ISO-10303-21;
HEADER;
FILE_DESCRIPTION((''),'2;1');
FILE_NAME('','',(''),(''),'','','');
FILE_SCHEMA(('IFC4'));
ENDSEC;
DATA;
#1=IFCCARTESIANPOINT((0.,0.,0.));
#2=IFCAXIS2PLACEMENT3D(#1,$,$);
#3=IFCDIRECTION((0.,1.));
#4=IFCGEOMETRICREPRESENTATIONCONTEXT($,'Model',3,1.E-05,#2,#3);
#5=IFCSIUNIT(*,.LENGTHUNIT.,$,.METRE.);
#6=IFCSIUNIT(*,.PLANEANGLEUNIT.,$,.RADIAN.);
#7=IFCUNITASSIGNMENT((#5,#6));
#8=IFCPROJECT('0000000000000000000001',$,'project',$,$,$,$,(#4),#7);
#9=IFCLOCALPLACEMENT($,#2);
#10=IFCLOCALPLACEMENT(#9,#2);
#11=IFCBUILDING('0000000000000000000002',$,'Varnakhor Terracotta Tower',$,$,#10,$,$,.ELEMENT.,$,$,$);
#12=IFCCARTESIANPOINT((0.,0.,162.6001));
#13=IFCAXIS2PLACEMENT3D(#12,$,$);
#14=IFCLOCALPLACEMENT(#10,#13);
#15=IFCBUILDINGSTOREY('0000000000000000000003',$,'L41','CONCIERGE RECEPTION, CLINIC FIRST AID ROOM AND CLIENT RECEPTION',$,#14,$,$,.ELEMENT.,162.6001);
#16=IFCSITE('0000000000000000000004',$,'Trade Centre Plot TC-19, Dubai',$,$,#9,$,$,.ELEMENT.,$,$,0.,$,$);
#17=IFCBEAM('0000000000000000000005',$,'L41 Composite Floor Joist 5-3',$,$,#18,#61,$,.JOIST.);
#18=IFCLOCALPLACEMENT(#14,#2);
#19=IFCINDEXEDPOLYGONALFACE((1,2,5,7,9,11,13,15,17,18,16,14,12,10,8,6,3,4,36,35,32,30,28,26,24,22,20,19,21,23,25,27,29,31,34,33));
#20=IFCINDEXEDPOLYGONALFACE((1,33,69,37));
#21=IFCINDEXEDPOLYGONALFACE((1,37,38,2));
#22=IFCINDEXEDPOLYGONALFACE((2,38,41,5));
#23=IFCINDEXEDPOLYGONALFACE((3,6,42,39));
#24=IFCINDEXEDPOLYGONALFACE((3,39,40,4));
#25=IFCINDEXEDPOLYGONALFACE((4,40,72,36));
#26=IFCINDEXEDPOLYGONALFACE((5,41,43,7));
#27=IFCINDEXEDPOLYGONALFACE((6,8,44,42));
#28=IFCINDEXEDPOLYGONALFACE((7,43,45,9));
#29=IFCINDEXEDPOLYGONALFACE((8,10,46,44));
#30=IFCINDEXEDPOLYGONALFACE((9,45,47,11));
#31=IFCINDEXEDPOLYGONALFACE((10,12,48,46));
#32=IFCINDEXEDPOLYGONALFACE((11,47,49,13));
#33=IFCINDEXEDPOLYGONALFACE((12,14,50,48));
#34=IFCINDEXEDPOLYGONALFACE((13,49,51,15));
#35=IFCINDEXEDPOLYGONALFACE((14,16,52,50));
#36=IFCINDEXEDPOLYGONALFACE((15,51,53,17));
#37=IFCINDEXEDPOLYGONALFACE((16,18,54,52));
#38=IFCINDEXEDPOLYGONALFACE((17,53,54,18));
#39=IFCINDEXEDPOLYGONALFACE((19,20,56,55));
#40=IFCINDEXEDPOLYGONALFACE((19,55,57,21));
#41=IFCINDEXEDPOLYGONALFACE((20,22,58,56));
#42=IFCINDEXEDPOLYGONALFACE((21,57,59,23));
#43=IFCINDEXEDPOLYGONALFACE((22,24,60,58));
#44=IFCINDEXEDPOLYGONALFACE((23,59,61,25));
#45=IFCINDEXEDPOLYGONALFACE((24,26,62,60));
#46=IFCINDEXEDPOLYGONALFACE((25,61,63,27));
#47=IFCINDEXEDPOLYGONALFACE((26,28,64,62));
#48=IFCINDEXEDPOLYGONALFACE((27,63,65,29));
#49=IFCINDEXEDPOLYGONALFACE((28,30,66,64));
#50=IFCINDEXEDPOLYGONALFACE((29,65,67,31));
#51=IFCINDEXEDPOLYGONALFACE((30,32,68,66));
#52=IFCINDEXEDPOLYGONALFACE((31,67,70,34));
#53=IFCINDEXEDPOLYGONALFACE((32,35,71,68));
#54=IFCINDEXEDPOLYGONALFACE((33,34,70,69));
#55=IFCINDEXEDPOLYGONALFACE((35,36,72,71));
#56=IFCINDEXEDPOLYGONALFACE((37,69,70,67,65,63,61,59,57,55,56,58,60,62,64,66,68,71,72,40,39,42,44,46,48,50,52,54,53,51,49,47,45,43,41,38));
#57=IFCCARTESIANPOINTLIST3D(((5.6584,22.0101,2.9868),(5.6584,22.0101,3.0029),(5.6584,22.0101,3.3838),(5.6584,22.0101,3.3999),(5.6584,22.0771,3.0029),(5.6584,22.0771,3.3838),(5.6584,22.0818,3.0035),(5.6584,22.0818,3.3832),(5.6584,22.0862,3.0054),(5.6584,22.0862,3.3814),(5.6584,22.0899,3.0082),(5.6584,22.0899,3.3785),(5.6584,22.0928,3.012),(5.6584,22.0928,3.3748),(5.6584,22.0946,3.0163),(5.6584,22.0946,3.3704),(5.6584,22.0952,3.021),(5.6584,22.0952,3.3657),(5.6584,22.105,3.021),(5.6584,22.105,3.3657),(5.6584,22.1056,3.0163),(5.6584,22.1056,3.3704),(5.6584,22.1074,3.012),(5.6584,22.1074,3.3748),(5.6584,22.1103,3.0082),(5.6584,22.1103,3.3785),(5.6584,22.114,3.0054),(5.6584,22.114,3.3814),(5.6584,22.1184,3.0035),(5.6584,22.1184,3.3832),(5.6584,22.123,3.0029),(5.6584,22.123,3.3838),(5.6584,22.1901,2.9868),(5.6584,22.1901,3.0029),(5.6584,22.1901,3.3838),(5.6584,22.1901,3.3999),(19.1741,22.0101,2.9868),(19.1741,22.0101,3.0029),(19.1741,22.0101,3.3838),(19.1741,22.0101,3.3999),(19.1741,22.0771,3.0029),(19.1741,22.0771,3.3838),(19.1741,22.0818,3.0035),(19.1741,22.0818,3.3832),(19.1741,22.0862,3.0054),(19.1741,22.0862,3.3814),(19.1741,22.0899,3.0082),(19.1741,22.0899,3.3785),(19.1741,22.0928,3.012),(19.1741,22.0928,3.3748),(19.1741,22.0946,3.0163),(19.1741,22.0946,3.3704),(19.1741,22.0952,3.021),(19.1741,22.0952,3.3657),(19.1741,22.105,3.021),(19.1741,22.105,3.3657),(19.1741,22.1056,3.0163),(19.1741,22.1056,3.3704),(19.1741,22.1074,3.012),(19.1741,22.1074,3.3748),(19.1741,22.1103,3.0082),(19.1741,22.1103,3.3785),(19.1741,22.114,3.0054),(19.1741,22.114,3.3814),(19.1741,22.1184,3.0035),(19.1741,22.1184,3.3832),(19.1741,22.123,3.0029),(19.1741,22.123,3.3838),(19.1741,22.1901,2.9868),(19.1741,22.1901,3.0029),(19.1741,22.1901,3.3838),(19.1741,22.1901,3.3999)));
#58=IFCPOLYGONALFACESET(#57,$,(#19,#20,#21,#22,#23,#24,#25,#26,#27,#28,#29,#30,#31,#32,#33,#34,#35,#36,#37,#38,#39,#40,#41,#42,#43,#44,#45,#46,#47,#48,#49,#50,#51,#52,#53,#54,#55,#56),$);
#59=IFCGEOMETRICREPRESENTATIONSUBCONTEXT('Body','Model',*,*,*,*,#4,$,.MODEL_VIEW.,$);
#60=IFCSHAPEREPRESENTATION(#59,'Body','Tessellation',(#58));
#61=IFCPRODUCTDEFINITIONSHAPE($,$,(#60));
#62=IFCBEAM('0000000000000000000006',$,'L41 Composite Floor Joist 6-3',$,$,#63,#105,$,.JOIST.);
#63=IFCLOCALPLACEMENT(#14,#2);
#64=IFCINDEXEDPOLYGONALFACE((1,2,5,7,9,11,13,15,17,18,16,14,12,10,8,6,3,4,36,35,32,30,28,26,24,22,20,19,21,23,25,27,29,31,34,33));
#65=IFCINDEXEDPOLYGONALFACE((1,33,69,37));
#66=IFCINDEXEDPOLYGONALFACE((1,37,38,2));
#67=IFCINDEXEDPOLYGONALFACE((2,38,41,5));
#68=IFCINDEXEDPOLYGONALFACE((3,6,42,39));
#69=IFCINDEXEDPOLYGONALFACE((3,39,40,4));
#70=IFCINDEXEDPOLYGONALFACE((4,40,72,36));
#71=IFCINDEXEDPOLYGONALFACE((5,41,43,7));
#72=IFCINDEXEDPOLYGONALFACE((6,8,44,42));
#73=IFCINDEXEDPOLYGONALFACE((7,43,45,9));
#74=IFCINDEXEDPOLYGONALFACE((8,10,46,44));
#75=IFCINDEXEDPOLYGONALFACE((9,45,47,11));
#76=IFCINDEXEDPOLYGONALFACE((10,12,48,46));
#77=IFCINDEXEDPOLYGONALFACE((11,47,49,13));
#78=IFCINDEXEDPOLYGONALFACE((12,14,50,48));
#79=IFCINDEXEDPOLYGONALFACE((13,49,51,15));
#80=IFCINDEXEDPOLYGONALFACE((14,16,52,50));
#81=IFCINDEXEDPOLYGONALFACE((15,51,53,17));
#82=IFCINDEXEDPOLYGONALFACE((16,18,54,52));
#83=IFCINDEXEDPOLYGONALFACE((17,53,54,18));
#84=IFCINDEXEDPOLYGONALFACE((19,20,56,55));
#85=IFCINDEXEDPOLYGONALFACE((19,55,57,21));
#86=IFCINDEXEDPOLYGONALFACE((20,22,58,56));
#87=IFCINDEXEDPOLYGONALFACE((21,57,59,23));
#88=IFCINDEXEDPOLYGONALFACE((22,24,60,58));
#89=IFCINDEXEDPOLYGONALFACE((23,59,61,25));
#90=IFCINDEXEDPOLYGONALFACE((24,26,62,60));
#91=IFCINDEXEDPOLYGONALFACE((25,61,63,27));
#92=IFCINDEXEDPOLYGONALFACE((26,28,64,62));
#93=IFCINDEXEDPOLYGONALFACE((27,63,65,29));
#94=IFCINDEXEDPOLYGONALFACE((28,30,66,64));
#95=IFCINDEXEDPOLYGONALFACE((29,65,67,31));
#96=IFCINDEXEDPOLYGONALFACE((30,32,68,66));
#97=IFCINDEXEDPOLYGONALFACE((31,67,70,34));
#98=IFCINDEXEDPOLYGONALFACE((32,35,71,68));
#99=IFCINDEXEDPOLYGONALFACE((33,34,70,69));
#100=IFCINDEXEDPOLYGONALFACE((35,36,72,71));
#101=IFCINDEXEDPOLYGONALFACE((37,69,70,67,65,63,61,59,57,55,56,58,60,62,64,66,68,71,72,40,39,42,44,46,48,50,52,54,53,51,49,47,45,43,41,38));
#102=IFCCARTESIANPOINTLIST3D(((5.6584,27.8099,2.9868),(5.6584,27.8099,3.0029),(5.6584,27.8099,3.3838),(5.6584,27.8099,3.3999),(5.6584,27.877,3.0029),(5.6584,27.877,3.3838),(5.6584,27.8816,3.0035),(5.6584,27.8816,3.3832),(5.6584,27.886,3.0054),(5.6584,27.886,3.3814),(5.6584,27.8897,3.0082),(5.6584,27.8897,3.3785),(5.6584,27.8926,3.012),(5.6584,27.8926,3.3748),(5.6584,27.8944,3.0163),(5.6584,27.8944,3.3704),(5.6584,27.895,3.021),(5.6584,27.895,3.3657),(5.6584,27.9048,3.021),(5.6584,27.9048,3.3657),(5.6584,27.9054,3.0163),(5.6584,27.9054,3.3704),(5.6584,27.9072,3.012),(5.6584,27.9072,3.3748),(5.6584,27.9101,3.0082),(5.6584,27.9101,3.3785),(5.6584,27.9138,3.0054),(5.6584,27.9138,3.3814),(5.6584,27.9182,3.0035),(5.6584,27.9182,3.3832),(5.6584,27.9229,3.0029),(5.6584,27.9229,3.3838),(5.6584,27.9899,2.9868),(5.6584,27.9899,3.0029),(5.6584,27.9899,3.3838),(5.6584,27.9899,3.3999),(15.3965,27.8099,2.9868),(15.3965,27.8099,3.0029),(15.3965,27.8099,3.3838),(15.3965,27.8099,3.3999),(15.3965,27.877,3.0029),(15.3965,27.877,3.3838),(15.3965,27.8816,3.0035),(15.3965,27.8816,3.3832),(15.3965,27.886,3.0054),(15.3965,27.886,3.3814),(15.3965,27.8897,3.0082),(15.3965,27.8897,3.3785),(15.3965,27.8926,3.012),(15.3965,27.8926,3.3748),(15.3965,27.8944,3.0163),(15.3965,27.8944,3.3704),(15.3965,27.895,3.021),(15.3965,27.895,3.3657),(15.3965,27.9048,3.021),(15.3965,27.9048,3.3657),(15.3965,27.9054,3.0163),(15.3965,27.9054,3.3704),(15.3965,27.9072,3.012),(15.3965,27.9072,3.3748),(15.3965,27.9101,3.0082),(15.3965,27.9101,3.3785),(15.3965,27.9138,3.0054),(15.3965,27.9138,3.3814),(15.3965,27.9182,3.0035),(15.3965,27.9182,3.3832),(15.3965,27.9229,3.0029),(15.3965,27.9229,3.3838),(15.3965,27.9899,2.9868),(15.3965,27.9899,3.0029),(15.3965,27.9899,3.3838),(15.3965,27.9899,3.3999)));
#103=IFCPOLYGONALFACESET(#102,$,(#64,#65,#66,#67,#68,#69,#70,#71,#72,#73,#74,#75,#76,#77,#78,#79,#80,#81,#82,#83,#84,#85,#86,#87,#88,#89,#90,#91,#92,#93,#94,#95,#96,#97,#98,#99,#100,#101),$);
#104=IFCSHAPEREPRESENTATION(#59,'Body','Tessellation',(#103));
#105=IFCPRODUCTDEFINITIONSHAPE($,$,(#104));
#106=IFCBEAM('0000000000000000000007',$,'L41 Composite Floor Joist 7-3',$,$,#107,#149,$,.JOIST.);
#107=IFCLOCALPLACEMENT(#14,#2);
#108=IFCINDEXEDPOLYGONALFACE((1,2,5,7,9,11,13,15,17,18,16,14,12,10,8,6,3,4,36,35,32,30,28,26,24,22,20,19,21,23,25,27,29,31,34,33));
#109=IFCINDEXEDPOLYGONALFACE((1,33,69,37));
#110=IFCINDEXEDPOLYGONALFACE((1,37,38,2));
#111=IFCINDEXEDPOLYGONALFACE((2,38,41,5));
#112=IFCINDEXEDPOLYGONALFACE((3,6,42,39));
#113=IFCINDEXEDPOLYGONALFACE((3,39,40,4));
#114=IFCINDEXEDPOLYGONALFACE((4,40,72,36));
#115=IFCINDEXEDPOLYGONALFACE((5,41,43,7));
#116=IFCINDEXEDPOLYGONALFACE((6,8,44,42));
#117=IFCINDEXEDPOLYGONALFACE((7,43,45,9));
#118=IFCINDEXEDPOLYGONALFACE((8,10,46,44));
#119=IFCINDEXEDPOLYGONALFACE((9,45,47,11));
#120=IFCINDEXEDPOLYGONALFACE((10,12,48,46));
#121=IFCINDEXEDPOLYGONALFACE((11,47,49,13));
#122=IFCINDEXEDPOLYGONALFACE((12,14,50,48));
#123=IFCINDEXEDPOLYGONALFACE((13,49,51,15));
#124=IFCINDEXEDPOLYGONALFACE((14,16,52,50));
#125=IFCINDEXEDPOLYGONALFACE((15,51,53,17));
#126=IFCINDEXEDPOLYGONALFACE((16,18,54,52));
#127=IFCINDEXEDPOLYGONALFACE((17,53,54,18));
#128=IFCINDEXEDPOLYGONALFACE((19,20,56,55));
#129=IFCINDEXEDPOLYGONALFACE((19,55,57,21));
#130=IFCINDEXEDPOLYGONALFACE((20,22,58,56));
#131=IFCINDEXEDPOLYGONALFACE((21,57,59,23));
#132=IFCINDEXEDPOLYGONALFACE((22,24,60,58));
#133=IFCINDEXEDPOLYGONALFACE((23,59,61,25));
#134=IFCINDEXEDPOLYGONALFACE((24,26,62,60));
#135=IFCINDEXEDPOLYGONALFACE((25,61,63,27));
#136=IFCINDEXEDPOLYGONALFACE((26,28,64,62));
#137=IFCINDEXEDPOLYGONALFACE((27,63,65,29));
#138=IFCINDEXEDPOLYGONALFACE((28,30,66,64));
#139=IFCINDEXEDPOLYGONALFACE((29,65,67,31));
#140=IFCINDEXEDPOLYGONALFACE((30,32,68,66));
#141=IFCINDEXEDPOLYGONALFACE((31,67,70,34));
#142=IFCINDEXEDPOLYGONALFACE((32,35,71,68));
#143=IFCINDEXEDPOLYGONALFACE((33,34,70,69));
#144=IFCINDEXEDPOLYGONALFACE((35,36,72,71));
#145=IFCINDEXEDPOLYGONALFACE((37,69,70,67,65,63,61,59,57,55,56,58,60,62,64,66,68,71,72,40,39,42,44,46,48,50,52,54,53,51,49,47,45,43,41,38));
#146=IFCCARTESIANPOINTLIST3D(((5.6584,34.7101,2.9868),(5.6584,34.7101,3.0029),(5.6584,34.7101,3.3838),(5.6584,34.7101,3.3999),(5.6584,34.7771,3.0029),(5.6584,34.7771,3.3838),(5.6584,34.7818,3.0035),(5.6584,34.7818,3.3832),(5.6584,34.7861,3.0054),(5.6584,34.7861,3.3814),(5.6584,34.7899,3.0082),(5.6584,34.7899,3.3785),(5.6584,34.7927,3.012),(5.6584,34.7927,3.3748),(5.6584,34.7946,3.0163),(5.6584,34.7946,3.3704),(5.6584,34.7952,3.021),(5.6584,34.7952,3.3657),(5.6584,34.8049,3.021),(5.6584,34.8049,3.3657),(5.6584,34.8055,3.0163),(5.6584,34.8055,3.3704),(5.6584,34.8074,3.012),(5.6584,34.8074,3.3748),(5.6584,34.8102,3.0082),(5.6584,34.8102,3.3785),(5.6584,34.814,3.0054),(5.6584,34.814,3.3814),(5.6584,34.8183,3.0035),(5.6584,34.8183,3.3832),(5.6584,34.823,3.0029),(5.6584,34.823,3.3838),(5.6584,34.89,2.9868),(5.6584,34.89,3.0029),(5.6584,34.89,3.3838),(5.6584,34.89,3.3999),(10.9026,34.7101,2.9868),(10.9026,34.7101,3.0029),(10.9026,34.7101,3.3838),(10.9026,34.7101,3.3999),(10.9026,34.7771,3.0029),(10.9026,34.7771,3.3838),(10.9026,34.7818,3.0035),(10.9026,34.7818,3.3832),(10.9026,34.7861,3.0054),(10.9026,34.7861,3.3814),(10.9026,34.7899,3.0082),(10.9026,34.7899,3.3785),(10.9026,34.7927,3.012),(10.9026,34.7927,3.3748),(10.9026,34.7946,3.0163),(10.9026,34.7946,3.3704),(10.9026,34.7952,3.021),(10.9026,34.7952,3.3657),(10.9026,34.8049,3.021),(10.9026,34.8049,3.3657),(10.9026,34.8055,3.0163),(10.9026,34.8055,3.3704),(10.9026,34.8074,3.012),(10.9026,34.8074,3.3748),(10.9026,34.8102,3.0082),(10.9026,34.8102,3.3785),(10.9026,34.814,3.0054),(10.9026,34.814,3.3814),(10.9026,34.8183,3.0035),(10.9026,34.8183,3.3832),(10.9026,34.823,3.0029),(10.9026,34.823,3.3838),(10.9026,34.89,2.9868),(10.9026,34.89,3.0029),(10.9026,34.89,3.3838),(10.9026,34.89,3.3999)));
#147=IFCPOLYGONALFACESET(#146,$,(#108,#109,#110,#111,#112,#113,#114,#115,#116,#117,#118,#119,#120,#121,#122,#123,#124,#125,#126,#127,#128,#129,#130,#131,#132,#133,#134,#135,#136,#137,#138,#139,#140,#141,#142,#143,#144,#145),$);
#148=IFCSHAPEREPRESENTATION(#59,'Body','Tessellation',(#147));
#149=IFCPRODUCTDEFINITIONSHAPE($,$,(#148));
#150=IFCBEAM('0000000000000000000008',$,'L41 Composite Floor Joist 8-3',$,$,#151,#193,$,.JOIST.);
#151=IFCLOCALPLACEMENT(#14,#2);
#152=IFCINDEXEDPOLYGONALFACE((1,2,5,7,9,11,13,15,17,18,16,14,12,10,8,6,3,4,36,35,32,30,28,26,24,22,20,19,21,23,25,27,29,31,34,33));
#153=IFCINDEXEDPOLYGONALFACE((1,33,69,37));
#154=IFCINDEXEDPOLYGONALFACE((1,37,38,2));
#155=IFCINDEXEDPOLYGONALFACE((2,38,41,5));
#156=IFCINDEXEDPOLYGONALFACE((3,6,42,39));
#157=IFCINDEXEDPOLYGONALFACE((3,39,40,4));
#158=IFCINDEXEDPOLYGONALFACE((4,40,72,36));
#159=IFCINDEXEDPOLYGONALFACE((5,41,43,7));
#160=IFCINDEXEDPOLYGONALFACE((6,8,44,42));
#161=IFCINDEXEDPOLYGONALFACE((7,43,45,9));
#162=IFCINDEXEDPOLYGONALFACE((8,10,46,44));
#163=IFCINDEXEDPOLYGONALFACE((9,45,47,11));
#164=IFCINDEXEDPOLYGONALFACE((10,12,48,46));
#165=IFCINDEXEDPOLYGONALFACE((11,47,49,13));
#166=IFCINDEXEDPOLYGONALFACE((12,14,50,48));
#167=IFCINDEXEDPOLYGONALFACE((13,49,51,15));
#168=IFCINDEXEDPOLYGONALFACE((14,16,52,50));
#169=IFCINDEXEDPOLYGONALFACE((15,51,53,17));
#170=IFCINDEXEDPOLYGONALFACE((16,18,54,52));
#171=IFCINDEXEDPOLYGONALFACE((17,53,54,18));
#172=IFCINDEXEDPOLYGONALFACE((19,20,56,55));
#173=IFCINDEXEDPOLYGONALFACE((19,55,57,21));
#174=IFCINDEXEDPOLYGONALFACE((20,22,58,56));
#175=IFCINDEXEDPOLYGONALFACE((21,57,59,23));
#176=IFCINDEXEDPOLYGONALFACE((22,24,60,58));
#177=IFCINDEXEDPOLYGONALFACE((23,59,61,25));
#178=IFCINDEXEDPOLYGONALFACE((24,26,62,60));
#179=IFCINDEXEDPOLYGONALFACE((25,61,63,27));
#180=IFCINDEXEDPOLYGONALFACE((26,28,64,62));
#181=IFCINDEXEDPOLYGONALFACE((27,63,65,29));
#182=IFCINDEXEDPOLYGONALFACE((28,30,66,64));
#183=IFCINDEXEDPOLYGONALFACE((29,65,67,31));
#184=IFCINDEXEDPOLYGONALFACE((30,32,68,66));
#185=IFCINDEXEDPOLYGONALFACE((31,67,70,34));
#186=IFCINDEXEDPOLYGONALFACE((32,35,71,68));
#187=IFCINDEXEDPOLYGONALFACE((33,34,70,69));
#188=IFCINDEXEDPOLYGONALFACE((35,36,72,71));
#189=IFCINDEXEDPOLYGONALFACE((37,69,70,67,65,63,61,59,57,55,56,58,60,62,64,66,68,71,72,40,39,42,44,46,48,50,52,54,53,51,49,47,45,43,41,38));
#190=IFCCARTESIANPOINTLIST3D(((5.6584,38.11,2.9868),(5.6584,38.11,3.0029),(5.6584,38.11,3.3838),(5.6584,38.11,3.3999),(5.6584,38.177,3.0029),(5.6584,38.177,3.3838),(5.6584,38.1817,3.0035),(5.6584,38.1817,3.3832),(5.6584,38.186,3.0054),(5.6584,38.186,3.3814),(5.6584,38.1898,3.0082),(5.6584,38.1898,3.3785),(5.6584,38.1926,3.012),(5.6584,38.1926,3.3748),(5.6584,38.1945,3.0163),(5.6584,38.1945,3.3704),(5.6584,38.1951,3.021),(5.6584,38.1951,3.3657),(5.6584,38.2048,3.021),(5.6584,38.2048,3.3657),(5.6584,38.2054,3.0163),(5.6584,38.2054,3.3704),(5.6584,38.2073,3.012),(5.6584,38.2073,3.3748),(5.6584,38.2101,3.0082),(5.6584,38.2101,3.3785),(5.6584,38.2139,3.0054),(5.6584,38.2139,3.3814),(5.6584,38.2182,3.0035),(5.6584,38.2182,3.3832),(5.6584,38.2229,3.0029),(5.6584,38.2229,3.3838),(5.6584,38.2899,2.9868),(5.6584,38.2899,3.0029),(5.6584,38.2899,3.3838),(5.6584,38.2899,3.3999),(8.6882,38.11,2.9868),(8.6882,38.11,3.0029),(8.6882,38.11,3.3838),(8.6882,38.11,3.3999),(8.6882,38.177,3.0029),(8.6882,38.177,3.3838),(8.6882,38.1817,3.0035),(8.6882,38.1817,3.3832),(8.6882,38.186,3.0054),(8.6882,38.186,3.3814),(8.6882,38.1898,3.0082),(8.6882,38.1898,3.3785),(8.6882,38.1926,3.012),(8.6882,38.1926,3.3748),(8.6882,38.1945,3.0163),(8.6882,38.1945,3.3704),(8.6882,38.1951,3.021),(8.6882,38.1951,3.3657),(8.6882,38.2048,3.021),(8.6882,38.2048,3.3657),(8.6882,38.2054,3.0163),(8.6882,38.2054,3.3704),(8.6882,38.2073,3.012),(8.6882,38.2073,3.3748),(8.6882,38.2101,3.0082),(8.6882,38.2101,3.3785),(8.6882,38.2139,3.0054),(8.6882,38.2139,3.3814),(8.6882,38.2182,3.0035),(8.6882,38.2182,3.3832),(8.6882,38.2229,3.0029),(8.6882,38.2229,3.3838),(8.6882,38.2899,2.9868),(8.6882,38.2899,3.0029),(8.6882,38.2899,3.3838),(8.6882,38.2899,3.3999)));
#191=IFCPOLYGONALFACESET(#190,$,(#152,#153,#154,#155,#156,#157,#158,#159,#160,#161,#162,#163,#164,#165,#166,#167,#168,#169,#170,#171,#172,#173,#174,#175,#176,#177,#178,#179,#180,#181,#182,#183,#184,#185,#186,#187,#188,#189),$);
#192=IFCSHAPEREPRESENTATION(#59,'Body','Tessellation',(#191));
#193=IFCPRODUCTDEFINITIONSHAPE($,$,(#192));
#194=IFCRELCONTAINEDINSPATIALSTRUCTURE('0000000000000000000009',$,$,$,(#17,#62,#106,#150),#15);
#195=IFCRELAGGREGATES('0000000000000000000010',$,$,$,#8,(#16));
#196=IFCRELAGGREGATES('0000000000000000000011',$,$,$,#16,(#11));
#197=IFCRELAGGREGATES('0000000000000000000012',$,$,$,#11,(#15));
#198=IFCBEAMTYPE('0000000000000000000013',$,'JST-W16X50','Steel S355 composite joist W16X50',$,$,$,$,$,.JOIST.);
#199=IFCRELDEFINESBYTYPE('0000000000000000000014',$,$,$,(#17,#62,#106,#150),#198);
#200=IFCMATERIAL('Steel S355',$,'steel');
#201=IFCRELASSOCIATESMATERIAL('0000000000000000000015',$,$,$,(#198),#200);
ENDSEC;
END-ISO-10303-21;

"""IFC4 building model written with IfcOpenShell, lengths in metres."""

from ifc_helpers import new_model, si_unit, direction, frame, origin, origin_2d, place, context, subcontext, project, spatial, i_section, extrude, source, transform, mapped, material, material_profile, profile_set, type_object, element, save


model = new_model("IFC4")

# Units and contexts
model_context = context("Model", 3, precision=1e-05, world=origin(), true_north=direction((0.0, 1.0)))
body_context = subcontext(model_context, "Body", "Model", "MODEL_VIEW")
ifc_project = project(units=[si_unit("LENGTHUNIT", "METRE"), si_unit("PLANEANGLEUNIT", "RADIAN")], contexts=[model_context])

# Site, building, storey
site_placement = place(None, origin())
site = spatial("IfcSite", under=ifc_project, at=site_placement, Name="Trade Centre Plot TC-19, Dubai", CompositionType="ELEMENT", RefElevation=0.0)
building_placement = place(site_placement, origin())
building = spatial("IfcBuilding", under=site, at=building_placement, Name="Varnakhor Terracotta Tower", CompositionType="ELEMENT")
storey_placement = place(building_placement, frame((0.0, 0.0, 162.6001)))
storey = spatial("IfcBuildingStorey", under=building, at=storey_placement, Name="L41", Description="CONCIERGE RECEPTION, CLINIC FIRST AID ROOM AND CLIENT RECEPTION", CompositionType="ELEMENT", Elevation=162.6001)

# Beams
ifc_material_1 = material(Name="Steel S355", Category="steel")
ifc_material_profile_1 = material_profile(ifc_material_1, i_section(OverallWidth=0.1799, OverallDepth=0.4131, WebThickness=0.0098, FlangeThickness=0.0161, FilletRadius=0.0181, at=origin_2d()), Name="W16X50")
ifc_profile_set_1 = profile_set([ifc_material_profile_1], Name="Steel S355")
beam_type_1 = type_object("IfcBeamType", Name="JST-W16X50", Description="Steel S355 composite joist W16X50", PredefinedType="JOIST", material=ifc_profile_set_1)
shared_shape_1 = source(origin(), body_context, "Body", "SweptSolid", [
    extrude(i_section(OverallWidth=0.1799, OverallDepth=0.4131, WebThickness=0.0098, FlangeThickness=0.0161, FilletRadius=0.0181, at=origin_2d()), origin(), (0.0, 0.0, 1.0), 13.5156),
])
beam_1_placement = place(storey_placement, frame((5.6584, 22.1001, 3.1934), z_axis=(1.0, 0.0, 0.0), x_axis=(0.0, 1.0, 0.0)))
element("IfcBeam", 1, at=beam_1_placement, inside=storey, type_object=beam_type_1, Name="L41 Composite Floor Joist 5-3", PredefinedType="JOIST", context=body_context, shape_type="MappedRepresentation", body=[
    mapped(shared_shape_1, transform((0.0, 0.0, 0.0), scale=1.0)),
])
shared_shape_2 = source(origin(), body_context, "Body", "SweptSolid", [
    extrude(i_section(OverallWidth=0.1799, OverallDepth=0.4131, WebThickness=0.0098, FlangeThickness=0.0161, FilletRadius=0.0181, at=origin_2d()), origin(), (0.0, 0.0, 1.0), 9.738),
])
beam_2_placement = place(storey_placement, frame((5.6584, 27.8999, 3.1934), z_axis=(1.0, 0.0, 0.0), x_axis=(0.0, 1.0, 0.0)))
element("IfcBeam", 2, at=beam_2_placement, inside=storey, type_object=beam_type_1, Name="L41 Composite Floor Joist 6-3", PredefinedType="JOIST", context=body_context, shape_type="MappedRepresentation", body=[
    mapped(shared_shape_2, transform((0.0, 0.0, 0.0), scale=1.0)),
])
shared_shape_3 = source(origin(), body_context, "Body", "SweptSolid", [
    extrude(i_section(OverallWidth=0.1799, OverallDepth=0.4131, WebThickness=0.0098, FlangeThickness=0.0161, FilletRadius=0.0181, at=origin_2d()), origin(), (0.0, 0.0, 1.0), 5.2441),
])
beam_3_placement = place(storey_placement, frame((5.6584, 34.8, 3.1934), z_axis=(1.0, 0.0, 0.0), x_axis=(0.0, 1.0, 0.0)))
element("IfcBeam", 3, at=beam_3_placement, inside=storey, type_object=beam_type_1, Name="L41 Composite Floor Joist 7-3", PredefinedType="JOIST", context=body_context, shape_type="MappedRepresentation", body=[
    mapped(shared_shape_3, transform((0.0, 0.0, 0.0), scale=1.0)),
])
shared_shape_4 = source(origin(), body_context, "Body", "SweptSolid", [
    extrude(i_section(OverallWidth=0.1799, OverallDepth=0.4131, WebThickness=0.0098, FlangeThickness=0.0161, FilletRadius=0.0181, at=origin_2d()), origin(), (0.0, 0.0, 1.0), 3.0298),
])
beam_4_placement = place(storey_placement, frame((5.6584, 38.2, 3.1934), z_axis=(1.0, 0.0, 0.0), x_axis=(0.0, 1.0, 0.0)))
element("IfcBeam", 4, at=beam_4_placement, inside=storey, type_object=beam_type_1, Name="L41 Composite Floor Joist 8-3", PredefinedType="JOIST", context=body_context, shape_type="MappedRepresentation", body=[
    mapped(shared_shape_4, transform((0.0, 0.0, 0.0), scale=1.0)),
])

save(model, "model.ifc")
